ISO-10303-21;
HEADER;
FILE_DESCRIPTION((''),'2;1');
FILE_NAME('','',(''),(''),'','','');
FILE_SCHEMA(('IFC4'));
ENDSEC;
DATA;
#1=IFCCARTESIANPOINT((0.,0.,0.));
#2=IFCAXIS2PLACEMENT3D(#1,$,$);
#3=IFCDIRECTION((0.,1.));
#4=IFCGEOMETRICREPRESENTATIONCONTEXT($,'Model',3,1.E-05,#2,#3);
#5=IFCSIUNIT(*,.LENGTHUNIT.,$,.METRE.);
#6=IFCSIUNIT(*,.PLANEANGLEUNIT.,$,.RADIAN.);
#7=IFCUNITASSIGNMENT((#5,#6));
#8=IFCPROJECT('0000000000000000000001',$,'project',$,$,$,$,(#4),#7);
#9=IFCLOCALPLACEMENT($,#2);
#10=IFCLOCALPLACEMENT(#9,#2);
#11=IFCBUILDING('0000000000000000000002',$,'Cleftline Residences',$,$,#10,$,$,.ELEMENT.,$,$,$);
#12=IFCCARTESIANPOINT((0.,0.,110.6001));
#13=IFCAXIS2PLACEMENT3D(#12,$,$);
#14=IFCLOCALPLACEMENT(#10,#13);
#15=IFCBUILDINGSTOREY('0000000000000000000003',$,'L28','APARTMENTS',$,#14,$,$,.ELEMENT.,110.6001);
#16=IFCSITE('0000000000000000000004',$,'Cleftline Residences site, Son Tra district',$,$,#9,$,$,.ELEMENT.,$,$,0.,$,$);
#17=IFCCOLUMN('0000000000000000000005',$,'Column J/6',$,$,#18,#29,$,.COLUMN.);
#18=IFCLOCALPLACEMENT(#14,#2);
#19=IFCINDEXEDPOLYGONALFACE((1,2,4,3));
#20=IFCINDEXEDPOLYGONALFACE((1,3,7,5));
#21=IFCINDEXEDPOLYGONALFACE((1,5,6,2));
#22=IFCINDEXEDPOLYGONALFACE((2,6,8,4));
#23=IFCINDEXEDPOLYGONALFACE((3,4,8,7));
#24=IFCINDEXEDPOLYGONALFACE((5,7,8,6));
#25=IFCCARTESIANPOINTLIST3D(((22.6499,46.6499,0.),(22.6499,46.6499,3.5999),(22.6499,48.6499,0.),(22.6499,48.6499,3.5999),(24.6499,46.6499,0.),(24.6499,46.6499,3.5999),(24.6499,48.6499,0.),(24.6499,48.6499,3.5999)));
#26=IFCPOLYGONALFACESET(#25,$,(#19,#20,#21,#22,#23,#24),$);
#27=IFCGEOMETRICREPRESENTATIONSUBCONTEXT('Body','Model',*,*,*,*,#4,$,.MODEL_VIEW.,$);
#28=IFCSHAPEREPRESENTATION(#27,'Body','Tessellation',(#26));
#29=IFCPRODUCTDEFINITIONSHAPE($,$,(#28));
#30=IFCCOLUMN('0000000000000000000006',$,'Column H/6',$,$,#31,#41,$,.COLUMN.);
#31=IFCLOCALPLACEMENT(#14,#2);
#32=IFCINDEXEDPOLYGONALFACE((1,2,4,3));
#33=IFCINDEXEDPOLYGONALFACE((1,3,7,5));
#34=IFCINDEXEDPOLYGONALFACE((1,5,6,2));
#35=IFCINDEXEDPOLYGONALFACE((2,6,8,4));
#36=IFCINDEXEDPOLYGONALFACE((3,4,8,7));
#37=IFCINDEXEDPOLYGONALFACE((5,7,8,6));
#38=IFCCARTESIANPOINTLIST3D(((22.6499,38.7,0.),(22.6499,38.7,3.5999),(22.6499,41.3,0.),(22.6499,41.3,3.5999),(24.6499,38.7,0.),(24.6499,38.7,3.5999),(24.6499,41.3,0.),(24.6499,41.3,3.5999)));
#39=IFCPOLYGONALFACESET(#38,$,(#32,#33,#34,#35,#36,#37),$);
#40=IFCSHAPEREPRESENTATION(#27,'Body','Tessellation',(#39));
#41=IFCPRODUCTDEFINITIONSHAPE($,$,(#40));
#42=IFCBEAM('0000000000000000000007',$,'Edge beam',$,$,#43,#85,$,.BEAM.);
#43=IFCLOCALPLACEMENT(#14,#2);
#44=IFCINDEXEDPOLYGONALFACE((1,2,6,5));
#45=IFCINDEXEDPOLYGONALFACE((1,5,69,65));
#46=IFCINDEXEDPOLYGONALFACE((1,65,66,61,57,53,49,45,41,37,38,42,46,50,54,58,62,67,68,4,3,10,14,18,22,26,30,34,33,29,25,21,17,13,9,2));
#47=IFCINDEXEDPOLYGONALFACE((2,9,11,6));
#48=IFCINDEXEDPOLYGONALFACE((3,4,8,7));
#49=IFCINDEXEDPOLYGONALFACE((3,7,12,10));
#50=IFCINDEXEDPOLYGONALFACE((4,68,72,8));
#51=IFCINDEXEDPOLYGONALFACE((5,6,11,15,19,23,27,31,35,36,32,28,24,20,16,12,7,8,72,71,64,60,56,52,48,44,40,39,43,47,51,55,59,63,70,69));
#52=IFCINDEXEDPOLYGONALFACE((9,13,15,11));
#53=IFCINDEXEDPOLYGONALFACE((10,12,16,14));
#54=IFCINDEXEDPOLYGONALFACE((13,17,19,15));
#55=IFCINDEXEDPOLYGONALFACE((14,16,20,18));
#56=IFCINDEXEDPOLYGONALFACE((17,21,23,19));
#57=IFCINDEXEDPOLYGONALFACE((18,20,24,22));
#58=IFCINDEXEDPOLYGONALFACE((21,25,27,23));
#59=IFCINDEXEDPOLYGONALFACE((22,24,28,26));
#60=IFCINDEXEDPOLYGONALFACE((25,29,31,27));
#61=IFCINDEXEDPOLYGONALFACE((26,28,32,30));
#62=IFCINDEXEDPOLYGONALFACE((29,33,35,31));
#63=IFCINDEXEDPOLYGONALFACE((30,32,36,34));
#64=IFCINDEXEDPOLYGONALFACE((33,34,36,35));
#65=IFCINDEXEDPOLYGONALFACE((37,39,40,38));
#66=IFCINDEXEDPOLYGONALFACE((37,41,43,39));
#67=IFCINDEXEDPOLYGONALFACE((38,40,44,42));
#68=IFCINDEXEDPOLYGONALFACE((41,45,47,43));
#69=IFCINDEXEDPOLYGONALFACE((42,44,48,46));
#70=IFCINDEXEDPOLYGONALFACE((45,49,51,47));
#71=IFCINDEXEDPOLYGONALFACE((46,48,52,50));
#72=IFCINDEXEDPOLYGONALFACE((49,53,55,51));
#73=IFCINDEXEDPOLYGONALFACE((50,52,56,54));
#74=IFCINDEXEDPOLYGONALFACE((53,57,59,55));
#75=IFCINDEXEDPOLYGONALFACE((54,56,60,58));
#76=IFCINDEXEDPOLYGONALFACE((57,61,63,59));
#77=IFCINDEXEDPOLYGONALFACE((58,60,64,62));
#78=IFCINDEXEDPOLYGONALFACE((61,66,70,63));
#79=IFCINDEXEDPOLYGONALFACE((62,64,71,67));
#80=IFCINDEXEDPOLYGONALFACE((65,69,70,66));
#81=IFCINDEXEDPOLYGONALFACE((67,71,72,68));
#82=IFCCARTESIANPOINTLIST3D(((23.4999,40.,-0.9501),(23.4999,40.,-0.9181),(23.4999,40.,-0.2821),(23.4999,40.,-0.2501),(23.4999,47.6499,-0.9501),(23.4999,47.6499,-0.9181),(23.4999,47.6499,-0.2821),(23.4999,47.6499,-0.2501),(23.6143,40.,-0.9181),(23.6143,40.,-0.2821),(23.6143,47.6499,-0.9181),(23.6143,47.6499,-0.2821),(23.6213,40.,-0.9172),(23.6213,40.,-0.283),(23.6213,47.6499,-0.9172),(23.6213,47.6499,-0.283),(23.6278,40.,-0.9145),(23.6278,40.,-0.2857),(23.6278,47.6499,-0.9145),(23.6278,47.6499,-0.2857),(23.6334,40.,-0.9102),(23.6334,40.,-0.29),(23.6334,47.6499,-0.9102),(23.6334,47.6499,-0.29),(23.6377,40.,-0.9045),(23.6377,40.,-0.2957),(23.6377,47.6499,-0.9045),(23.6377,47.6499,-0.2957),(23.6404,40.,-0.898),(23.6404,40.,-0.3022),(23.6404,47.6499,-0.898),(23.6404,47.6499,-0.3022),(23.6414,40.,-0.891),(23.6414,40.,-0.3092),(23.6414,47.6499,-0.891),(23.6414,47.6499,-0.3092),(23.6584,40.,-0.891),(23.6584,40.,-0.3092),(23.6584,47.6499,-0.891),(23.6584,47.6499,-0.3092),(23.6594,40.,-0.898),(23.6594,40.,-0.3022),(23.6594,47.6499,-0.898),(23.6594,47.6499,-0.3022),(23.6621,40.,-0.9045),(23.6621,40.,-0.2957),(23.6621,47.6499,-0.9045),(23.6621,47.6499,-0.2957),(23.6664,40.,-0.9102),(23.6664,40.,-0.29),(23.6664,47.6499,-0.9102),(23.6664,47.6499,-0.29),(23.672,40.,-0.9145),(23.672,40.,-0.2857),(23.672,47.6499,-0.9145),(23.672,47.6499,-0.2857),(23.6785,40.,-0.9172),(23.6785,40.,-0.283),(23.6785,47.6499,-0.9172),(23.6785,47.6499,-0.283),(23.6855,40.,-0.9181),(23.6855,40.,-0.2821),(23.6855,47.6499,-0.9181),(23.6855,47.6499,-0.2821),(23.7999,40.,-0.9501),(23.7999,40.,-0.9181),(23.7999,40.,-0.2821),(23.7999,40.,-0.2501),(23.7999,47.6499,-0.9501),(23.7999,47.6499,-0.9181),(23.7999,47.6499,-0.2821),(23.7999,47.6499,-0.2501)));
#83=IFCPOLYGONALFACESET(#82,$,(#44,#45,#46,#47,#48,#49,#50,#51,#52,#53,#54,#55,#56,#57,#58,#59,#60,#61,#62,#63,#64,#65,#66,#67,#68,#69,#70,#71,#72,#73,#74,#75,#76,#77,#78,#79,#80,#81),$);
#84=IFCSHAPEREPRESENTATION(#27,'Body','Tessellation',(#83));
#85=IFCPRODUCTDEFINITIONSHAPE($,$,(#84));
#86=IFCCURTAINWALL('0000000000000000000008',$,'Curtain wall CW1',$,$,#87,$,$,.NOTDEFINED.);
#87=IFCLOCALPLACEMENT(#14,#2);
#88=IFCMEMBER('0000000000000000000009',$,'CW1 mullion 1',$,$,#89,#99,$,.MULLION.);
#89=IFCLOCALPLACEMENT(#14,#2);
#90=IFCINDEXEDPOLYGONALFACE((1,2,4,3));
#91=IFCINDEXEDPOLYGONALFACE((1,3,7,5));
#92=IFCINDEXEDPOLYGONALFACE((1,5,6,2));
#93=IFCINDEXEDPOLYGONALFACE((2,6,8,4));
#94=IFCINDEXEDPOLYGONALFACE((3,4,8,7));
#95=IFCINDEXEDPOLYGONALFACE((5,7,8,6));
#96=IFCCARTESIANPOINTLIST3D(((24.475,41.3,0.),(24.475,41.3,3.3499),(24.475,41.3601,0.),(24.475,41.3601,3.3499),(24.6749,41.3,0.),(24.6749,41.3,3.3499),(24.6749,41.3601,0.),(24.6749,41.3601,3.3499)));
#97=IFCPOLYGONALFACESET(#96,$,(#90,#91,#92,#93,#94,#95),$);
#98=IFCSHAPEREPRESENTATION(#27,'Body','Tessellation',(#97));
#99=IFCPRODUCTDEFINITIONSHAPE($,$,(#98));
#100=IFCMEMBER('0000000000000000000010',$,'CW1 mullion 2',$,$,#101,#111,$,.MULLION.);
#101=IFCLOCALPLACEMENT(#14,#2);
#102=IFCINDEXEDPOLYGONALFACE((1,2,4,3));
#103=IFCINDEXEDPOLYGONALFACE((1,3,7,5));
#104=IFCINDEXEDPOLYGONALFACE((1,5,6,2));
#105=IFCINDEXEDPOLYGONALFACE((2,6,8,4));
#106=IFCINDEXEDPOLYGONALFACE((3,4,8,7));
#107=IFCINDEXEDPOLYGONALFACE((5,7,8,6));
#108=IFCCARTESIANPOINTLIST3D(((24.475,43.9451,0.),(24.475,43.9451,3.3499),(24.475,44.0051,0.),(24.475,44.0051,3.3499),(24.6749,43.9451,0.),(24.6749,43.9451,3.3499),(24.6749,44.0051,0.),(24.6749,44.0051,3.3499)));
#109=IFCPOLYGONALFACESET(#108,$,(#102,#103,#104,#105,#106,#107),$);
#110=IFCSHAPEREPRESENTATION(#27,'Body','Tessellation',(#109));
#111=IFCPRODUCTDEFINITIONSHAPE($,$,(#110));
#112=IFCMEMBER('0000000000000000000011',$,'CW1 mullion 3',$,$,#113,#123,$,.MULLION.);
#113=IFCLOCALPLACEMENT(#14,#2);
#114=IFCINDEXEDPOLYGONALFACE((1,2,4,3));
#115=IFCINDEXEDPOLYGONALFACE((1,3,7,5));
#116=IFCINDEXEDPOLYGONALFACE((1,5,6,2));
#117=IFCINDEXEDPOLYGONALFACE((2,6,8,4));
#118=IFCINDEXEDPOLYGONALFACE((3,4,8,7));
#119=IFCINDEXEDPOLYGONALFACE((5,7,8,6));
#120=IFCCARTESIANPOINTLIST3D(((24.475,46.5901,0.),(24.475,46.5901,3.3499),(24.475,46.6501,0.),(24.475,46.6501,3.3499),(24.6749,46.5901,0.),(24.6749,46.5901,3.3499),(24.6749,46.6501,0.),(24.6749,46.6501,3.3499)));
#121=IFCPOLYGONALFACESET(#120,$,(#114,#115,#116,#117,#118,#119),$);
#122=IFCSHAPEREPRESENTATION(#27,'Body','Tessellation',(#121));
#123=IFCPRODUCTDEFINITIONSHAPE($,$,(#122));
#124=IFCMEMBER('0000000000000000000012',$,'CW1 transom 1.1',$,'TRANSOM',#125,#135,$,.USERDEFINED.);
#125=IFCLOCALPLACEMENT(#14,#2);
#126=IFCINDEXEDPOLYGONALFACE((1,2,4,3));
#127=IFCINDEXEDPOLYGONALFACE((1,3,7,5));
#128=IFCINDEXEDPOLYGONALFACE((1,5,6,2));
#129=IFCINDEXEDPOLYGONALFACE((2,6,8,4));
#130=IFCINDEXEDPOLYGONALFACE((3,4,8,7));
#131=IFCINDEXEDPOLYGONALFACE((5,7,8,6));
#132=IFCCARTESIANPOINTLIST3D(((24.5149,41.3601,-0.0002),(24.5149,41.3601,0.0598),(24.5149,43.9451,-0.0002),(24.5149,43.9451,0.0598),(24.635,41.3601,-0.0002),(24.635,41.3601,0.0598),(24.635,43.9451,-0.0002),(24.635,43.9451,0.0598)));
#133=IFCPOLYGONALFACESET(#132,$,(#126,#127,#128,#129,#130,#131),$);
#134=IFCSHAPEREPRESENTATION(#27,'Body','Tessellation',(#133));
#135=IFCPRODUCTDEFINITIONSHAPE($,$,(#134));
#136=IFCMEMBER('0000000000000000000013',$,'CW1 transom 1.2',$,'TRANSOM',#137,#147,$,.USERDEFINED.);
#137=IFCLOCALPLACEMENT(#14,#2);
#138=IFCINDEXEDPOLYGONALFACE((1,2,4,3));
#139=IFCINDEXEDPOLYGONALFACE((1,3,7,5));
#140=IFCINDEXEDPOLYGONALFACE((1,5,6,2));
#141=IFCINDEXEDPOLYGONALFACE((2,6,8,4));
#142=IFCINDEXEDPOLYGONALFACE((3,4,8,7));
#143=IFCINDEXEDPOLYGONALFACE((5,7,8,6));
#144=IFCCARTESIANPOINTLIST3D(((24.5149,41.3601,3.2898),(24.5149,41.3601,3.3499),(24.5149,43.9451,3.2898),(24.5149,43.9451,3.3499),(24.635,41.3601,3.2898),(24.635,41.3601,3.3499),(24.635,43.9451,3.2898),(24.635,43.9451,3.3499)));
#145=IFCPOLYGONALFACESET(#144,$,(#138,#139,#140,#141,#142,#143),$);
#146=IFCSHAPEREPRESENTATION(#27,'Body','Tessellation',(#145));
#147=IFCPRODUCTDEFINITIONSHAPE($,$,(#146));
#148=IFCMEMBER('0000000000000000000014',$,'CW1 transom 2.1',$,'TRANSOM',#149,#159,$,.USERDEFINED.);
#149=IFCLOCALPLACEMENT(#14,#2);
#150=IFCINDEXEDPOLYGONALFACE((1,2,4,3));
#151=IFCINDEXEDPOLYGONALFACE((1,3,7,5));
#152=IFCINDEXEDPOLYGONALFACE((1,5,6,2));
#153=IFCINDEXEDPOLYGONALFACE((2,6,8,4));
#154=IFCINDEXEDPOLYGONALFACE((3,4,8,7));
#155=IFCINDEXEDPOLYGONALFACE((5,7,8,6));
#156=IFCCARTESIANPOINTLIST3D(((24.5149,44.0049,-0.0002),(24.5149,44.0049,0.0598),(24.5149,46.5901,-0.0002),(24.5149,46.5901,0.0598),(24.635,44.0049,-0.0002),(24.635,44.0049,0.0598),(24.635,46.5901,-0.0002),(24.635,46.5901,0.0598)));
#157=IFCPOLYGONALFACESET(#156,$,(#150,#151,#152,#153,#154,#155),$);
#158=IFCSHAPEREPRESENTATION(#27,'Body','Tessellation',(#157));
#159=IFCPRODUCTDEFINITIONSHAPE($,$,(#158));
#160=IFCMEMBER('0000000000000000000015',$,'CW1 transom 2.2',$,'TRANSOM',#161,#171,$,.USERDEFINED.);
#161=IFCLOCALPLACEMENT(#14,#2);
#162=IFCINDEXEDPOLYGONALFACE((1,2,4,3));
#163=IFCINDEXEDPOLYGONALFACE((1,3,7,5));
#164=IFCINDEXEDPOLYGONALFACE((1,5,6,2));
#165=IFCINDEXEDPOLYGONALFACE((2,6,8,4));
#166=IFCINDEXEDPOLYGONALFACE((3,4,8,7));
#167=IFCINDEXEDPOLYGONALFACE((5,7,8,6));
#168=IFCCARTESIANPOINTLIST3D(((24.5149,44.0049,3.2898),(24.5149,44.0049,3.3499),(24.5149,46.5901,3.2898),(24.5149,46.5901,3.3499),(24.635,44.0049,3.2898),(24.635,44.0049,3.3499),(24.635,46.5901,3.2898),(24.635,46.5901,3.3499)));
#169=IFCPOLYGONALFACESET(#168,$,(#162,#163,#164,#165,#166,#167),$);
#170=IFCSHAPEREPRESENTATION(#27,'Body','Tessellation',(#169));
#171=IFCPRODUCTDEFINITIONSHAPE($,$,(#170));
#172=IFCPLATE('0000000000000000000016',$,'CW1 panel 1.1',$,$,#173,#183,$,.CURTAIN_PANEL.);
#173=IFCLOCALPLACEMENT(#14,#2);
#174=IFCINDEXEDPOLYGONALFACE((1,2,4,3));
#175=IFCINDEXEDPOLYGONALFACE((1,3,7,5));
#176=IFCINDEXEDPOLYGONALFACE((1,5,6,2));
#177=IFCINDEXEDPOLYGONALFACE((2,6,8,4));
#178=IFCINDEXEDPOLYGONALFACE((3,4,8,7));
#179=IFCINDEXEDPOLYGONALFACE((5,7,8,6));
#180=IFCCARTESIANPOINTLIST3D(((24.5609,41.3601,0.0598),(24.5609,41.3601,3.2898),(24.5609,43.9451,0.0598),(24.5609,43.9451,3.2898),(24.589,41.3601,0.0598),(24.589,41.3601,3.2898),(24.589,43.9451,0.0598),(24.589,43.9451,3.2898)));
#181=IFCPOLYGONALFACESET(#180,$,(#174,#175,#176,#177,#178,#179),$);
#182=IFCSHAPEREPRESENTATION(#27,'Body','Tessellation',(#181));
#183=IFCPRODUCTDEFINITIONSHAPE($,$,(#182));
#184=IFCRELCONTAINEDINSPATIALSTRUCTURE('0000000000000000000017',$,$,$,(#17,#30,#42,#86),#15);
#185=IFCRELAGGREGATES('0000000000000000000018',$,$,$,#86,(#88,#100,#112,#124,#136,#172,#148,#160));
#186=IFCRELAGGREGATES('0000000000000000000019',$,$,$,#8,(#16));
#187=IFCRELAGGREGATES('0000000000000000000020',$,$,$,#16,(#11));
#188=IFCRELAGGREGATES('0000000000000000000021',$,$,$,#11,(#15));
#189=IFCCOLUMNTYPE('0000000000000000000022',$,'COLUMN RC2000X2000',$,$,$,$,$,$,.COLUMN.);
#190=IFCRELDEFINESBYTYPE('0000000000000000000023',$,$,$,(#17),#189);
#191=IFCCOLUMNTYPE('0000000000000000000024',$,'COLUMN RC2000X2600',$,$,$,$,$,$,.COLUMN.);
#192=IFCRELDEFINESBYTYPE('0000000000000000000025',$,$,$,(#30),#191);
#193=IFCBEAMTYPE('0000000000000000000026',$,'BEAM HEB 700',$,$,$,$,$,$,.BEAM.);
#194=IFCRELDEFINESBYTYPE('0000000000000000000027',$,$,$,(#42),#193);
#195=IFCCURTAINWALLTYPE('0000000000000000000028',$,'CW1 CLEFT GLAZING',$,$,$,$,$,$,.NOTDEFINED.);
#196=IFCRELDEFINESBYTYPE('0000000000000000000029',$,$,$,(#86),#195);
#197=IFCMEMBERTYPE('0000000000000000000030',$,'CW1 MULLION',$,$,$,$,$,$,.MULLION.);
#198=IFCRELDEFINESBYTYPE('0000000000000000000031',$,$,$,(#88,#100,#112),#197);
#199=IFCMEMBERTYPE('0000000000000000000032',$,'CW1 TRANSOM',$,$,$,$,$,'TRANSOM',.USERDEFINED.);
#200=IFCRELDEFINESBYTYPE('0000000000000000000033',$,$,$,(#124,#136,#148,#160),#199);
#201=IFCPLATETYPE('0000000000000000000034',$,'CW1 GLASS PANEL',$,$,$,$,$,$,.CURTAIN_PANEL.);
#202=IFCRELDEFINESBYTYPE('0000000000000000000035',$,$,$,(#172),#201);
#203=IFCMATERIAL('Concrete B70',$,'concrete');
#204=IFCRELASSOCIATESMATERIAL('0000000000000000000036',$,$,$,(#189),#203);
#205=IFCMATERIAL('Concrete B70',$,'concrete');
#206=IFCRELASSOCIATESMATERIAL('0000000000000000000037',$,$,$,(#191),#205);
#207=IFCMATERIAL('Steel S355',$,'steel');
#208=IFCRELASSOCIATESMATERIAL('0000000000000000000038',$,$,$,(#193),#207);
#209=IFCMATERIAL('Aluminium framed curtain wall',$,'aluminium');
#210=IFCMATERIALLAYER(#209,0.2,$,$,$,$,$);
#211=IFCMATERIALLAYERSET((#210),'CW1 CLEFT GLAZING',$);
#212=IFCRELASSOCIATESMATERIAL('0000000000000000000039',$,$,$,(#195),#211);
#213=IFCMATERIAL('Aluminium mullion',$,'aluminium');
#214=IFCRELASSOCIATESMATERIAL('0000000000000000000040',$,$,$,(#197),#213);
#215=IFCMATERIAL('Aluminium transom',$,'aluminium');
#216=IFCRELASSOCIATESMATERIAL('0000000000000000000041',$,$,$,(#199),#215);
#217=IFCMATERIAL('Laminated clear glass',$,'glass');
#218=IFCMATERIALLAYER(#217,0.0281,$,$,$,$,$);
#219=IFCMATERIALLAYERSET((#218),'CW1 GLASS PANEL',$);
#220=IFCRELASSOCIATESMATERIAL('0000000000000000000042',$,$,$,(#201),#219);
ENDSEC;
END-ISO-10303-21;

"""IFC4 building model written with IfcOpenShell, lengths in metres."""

from ifc_helpers import new_model, si_unit, direction, frame, origin, origin_2d, place, context, subcontext, project, spatial, rectangle, i_section, extrude, material, layer, layer_set, material_profile, profile_set, type_object, element, aggregate, save


model = new_model("IFC4")

# Units and contexts
model_context = context("Model", 3, precision=1e-05, world=origin(), true_north=direction((0.0, 1.0)))
body_context = subcontext(model_context, "Body", "Model", "MODEL_VIEW")
ifc_project = project(units=[si_unit("LENGTHUNIT", "METRE"), si_unit("PLANEANGLEUNIT", "RADIAN")], contexts=[model_context])

# Site, building, storey
site_placement = place(None, origin())
site = spatial("IfcSite", under=ifc_project, at=site_placement, Name="Cleftline Residences site, Son Tra district", CompositionType="ELEMENT", RefElevation=0.0)
building_placement = place(site_placement, origin())
building = spatial("IfcBuilding", under=site, at=building_placement, Name="Cleftline Residences", CompositionType="ELEMENT")
storey_placement = place(building_placement, frame((0.0, 0.0, 110.6001)))
storey = spatial("IfcBuildingStorey", under=building, at=storey_placement, Name="L28", Description="APARTMENTS", CompositionType="ELEMENT", Elevation=110.6001)

# Columns
ifc_material_1 = material(Name="Concrete B70", Category="concrete")
ifc_material_profile_1 = material_profile(ifc_material_1, rectangle(XDim=2.0, YDim=2.0, at=origin_2d()))
ifc_profile_set_1 = profile_set([ifc_material_profile_1], Name="Concrete B70")
column_type_1 = type_object("IfcColumnType", Name="COLUMN RC2000X2000", PredefinedType="COLUMN", material=ifc_profile_set_1)
column_1_placement = place(storey_placement, frame((23.6499, 47.6499, 0.0), z_axis=(0.0, 0.0, 1.0), x_axis=(1.0, 0.0, 0.0)))
element("IfcColumn", 1, at=column_1_placement, inside=storey, type_object=column_type_1, Name="Column J/6", PredefinedType="COLUMN", context=body_context, shape_type="SweptSolid", body=[
    extrude(rectangle(XDim=2.0, YDim=2.0, at=origin_2d()), origin(), (0.0, 0.0, 1.0), 3.5999),
])
ifc_material_2 = material(Name="Concrete B70", Category="concrete")
ifc_material_profile_2 = material_profile(ifc_material_2, rectangle(XDim=2.0, YDim=2.6001, at=origin_2d()))
ifc_profile_set_2 = profile_set([ifc_material_profile_2], Name="Concrete B70")
column_type_2 = type_object("IfcColumnType", Name="COLUMN RC2000X2600", PredefinedType="COLUMN", material=ifc_profile_set_2)
column_2_placement = place(storey_placement, frame((23.6499, 40.0, 0.0), z_axis=(0.0, 0.0, 1.0), x_axis=(1.0, 0.0, 0.0)))
element("IfcColumn", 2, at=column_2_placement, inside=storey, type_object=column_type_2, Name="Column H/6", PredefinedType="COLUMN", context=body_context, shape_type="SweptSolid", body=[
    extrude(rectangle(XDim=2.0, YDim=2.6001, at=origin_2d()), origin(), (0.0, 0.0, 1.0), 3.5999),
])

# Beam
ifc_material_3 = material(Name="Steel S355", Category="steel")
ifc_material_profile_3 = material_profile(ifc_material_3, i_section(OverallWidth=0.3, OverallDepth=0.7, WebThickness=0.0171, FlangeThickness=0.032, FilletRadius=0.0271, at=origin_2d()))
ifc_profile_set_3 = profile_set([ifc_material_profile_3], Name="Steel S355")
beam_type = type_object("IfcBeamType", Name="BEAM HEB 700", PredefinedType="BEAM", material=ifc_profile_set_3)
beam_placement = place(storey_placement, frame((23.6499, 47.6499, -0.6001), z_axis=(0.0, -1.0, 0.0), x_axis=(1.0, 0.0, 0.0)))
element("IfcBeam", 3, at=beam_placement, inside=storey, type_object=beam_type, Name="Edge beam", PredefinedType="BEAM", context=body_context, shape_type="SweptSolid", body=[
    extrude(i_section(OverallWidth=0.3, OverallDepth=0.7, WebThickness=0.0171, FlangeThickness=0.032, FilletRadius=0.0271, at=origin_2d()), origin(), (0.0, 0.0, 1.0), 7.6499),
])

# Curtain wall, members, plate
ifc_material_4 = material(Name="Aluminium framed curtain wall", Category="aluminium")
ifc_layer_1 = layer(ifc_material_4, 0.2)
ifc_layer_set_1 = layer_set([ifc_layer_1], Name="CW1 CLEFT GLAZING")
curtain_wall_type = type_object("IfcCurtainWallType", Name="CW1 CLEFT GLAZING", PredefinedType="NOTDEFINED", material=ifc_layer_set_1)
curtain_wall_placement = place(storey_placement, origin())
curtain_wall = element("IfcCurtainWall", 4, at=curtain_wall_placement, inside=storey, type_object=curtain_wall_type, Name="Curtain wall CW1", PredefinedType="NOTDEFINED")
ifc_material_5 = material(Name="Aluminium mullion", Category="aluminium")
ifc_material_profile_4 = material_profile(ifc_material_5, rectangle(XDim=0.2, YDim=0.0601, at=origin_2d()))
ifc_profile_set_4 = profile_set([ifc_material_profile_4], Name="Aluminium mullion")
member_type_1 = type_object("IfcMemberType", Name="CW1 MULLION", PredefinedType="MULLION", material=ifc_profile_set_4)
member_1_placement = place(storey_placement, frame((24.575, 41.3301, 0.0), z_axis=(0.0, 0.0, 1.0), x_axis=(-1.0, 0.0, 0.0)))
member_1 = element("IfcMember", 5, at=member_1_placement, type_object=member_type_1, Name="CW1 mullion 1", PredefinedType="MULLION", context=body_context, shape_type="SweptSolid", body=[
    extrude(rectangle(XDim=0.2, YDim=0.0601, at=origin_2d()), origin(), (0.0, 0.0, 1.0), 3.3499),
])
member_2_placement = place(storey_placement, frame((24.575, 43.9751, 0.0), z_axis=(0.0, 0.0, 1.0), x_axis=(-1.0, 0.0, 0.0)))
member_2 = element("IfcMember", 6, at=member_2_placement, type_object=member_type_1, Name="CW1 mullion 2", PredefinedType="MULLION", context=body_context, shape_type="SweptSolid", body=[
    extrude(rectangle(XDim=0.2, YDim=0.0601, at=origin_2d()), origin(), (0.0, 0.0, 1.0), 3.3499),
])
member_3_placement = place(storey_placement, frame((24.575, 46.6201, 0.0), z_axis=(0.0, 0.0, 1.0), x_axis=(-1.0, 0.0, 0.0)))
member_3 = element("IfcMember", 7, at=member_3_placement, type_object=member_type_1, Name="CW1 mullion 3", PredefinedType="MULLION", context=body_context, shape_type="SweptSolid", body=[
    extrude(rectangle(XDim=0.2, YDim=0.0601, at=origin_2d()), origin(), (0.0, 0.0, 1.0), 3.3499),
])
ifc_material_6 = material(Name="Aluminium transom", Category="aluminium")
ifc_material_profile_5 = material_profile(ifc_material_6, rectangle(XDim=0.1201, YDim=0.0601, at=origin_2d()))
ifc_profile_set_5 = profile_set([ifc_material_profile_5], Name="Aluminium transom")
member_type_2 = type_object("IfcMemberType", Name="CW1 TRANSOM", ElementType="TRANSOM", PredefinedType="USERDEFINED", material=ifc_profile_set_5)
member_4_placement = place(storey_placement, frame((24.575, 41.3601, 0.0298), z_axis=(0.0, 1.0, 0.0), x_axis=(-1.0, 0.0, 0.0)))
member_4 = element("IfcMember", 8, at=member_4_placement, type_object=member_type_2, Name="CW1 transom 1.1", ObjectType="TRANSOM", PredefinedType="USERDEFINED", context=body_context, shape_type="SweptSolid", body=[
    extrude(rectangle(XDim=0.1201, YDim=0.0601, at=origin_2d()), origin(), (0.0, 0.0, 1.0), 2.585),
])
member_5_placement = place(storey_placement, frame((24.575, 41.3601, 3.3198), z_axis=(0.0, 1.0, 0.0), x_axis=(-1.0, 0.0, 0.0)))
member_5 = element("IfcMember", 9, at=member_5_placement, type_object=member_type_2, Name="CW1 transom 1.2", ObjectType="TRANSOM", PredefinedType="USERDEFINED", context=body_context, shape_type="SweptSolid", body=[
    extrude(rectangle(XDim=0.1201, YDim=0.0601, at=origin_2d()), origin(), (0.0, 0.0, 1.0), 2.585),
])
member_6_placement = place(storey_placement, frame((24.575, 44.0049, 0.0298), z_axis=(0.0, 1.0, 0.0), x_axis=(-1.0, 0.0, 0.0)))
member_6 = element("IfcMember", 10, at=member_6_placement, type_object=member_type_2, Name="CW1 transom 2.1", ObjectType="TRANSOM", PredefinedType="USERDEFINED", context=body_context, shape_type="SweptSolid", body=[
    extrude(rectangle(XDim=0.1201, YDim=0.0601, at=origin_2d()), origin(), (0.0, 0.0, 1.0), 2.5852),
])
member_7_placement = place(storey_placement, frame((24.575, 44.0049, 3.3198), z_axis=(0.0, 1.0, 0.0), x_axis=(-1.0, 0.0, 0.0)))
member_7 = element("IfcMember", 11, at=member_7_placement, type_object=member_type_2, Name="CW1 transom 2.2", ObjectType="TRANSOM", PredefinedType="USERDEFINED", context=body_context, shape_type="SweptSolid", body=[
    extrude(rectangle(XDim=0.1201, YDim=0.0601, at=origin_2d()), origin(), (0.0, 0.0, 1.0), 2.5852),
])
ifc_material_7 = material(Name="Laminated clear glass", Category="glass")
ifc_layer_2 = layer(ifc_material_7, 0.0281)
ifc_layer_set_2 = layer_set([ifc_layer_2], Name="CW1 GLASS PANEL")
plate_type = type_object("IfcPlateType", Name="CW1 GLASS PANEL", PredefinedType="CURTAIN_PANEL", material=ifc_layer_set_2)
plate_1_placement = place(storey_placement, frame((24.575, 42.6526, 0.0598), z_axis=(0.0, 0.0, 1.0), x_axis=(0.0, 1.0, 0.0)))
plate_1 = element("IfcPlate", 12, at=plate_1_placement, type_object=plate_type, Name="CW1 panel 1.1", PredefinedType="CURTAIN_PANEL", context=body_context, shape_type="SweptSolid", body=[
    extrude(rectangle(XDim=2.585, YDim=0.0281, at=origin_2d()), origin(), (0.0, 0.0, 1.0), 3.23),
])
aggregate(curtain_wall, [member_1, member_2, member_3, member_4, member_5, plate_1, member_6, member_7])

save(model, "model.ifc")
